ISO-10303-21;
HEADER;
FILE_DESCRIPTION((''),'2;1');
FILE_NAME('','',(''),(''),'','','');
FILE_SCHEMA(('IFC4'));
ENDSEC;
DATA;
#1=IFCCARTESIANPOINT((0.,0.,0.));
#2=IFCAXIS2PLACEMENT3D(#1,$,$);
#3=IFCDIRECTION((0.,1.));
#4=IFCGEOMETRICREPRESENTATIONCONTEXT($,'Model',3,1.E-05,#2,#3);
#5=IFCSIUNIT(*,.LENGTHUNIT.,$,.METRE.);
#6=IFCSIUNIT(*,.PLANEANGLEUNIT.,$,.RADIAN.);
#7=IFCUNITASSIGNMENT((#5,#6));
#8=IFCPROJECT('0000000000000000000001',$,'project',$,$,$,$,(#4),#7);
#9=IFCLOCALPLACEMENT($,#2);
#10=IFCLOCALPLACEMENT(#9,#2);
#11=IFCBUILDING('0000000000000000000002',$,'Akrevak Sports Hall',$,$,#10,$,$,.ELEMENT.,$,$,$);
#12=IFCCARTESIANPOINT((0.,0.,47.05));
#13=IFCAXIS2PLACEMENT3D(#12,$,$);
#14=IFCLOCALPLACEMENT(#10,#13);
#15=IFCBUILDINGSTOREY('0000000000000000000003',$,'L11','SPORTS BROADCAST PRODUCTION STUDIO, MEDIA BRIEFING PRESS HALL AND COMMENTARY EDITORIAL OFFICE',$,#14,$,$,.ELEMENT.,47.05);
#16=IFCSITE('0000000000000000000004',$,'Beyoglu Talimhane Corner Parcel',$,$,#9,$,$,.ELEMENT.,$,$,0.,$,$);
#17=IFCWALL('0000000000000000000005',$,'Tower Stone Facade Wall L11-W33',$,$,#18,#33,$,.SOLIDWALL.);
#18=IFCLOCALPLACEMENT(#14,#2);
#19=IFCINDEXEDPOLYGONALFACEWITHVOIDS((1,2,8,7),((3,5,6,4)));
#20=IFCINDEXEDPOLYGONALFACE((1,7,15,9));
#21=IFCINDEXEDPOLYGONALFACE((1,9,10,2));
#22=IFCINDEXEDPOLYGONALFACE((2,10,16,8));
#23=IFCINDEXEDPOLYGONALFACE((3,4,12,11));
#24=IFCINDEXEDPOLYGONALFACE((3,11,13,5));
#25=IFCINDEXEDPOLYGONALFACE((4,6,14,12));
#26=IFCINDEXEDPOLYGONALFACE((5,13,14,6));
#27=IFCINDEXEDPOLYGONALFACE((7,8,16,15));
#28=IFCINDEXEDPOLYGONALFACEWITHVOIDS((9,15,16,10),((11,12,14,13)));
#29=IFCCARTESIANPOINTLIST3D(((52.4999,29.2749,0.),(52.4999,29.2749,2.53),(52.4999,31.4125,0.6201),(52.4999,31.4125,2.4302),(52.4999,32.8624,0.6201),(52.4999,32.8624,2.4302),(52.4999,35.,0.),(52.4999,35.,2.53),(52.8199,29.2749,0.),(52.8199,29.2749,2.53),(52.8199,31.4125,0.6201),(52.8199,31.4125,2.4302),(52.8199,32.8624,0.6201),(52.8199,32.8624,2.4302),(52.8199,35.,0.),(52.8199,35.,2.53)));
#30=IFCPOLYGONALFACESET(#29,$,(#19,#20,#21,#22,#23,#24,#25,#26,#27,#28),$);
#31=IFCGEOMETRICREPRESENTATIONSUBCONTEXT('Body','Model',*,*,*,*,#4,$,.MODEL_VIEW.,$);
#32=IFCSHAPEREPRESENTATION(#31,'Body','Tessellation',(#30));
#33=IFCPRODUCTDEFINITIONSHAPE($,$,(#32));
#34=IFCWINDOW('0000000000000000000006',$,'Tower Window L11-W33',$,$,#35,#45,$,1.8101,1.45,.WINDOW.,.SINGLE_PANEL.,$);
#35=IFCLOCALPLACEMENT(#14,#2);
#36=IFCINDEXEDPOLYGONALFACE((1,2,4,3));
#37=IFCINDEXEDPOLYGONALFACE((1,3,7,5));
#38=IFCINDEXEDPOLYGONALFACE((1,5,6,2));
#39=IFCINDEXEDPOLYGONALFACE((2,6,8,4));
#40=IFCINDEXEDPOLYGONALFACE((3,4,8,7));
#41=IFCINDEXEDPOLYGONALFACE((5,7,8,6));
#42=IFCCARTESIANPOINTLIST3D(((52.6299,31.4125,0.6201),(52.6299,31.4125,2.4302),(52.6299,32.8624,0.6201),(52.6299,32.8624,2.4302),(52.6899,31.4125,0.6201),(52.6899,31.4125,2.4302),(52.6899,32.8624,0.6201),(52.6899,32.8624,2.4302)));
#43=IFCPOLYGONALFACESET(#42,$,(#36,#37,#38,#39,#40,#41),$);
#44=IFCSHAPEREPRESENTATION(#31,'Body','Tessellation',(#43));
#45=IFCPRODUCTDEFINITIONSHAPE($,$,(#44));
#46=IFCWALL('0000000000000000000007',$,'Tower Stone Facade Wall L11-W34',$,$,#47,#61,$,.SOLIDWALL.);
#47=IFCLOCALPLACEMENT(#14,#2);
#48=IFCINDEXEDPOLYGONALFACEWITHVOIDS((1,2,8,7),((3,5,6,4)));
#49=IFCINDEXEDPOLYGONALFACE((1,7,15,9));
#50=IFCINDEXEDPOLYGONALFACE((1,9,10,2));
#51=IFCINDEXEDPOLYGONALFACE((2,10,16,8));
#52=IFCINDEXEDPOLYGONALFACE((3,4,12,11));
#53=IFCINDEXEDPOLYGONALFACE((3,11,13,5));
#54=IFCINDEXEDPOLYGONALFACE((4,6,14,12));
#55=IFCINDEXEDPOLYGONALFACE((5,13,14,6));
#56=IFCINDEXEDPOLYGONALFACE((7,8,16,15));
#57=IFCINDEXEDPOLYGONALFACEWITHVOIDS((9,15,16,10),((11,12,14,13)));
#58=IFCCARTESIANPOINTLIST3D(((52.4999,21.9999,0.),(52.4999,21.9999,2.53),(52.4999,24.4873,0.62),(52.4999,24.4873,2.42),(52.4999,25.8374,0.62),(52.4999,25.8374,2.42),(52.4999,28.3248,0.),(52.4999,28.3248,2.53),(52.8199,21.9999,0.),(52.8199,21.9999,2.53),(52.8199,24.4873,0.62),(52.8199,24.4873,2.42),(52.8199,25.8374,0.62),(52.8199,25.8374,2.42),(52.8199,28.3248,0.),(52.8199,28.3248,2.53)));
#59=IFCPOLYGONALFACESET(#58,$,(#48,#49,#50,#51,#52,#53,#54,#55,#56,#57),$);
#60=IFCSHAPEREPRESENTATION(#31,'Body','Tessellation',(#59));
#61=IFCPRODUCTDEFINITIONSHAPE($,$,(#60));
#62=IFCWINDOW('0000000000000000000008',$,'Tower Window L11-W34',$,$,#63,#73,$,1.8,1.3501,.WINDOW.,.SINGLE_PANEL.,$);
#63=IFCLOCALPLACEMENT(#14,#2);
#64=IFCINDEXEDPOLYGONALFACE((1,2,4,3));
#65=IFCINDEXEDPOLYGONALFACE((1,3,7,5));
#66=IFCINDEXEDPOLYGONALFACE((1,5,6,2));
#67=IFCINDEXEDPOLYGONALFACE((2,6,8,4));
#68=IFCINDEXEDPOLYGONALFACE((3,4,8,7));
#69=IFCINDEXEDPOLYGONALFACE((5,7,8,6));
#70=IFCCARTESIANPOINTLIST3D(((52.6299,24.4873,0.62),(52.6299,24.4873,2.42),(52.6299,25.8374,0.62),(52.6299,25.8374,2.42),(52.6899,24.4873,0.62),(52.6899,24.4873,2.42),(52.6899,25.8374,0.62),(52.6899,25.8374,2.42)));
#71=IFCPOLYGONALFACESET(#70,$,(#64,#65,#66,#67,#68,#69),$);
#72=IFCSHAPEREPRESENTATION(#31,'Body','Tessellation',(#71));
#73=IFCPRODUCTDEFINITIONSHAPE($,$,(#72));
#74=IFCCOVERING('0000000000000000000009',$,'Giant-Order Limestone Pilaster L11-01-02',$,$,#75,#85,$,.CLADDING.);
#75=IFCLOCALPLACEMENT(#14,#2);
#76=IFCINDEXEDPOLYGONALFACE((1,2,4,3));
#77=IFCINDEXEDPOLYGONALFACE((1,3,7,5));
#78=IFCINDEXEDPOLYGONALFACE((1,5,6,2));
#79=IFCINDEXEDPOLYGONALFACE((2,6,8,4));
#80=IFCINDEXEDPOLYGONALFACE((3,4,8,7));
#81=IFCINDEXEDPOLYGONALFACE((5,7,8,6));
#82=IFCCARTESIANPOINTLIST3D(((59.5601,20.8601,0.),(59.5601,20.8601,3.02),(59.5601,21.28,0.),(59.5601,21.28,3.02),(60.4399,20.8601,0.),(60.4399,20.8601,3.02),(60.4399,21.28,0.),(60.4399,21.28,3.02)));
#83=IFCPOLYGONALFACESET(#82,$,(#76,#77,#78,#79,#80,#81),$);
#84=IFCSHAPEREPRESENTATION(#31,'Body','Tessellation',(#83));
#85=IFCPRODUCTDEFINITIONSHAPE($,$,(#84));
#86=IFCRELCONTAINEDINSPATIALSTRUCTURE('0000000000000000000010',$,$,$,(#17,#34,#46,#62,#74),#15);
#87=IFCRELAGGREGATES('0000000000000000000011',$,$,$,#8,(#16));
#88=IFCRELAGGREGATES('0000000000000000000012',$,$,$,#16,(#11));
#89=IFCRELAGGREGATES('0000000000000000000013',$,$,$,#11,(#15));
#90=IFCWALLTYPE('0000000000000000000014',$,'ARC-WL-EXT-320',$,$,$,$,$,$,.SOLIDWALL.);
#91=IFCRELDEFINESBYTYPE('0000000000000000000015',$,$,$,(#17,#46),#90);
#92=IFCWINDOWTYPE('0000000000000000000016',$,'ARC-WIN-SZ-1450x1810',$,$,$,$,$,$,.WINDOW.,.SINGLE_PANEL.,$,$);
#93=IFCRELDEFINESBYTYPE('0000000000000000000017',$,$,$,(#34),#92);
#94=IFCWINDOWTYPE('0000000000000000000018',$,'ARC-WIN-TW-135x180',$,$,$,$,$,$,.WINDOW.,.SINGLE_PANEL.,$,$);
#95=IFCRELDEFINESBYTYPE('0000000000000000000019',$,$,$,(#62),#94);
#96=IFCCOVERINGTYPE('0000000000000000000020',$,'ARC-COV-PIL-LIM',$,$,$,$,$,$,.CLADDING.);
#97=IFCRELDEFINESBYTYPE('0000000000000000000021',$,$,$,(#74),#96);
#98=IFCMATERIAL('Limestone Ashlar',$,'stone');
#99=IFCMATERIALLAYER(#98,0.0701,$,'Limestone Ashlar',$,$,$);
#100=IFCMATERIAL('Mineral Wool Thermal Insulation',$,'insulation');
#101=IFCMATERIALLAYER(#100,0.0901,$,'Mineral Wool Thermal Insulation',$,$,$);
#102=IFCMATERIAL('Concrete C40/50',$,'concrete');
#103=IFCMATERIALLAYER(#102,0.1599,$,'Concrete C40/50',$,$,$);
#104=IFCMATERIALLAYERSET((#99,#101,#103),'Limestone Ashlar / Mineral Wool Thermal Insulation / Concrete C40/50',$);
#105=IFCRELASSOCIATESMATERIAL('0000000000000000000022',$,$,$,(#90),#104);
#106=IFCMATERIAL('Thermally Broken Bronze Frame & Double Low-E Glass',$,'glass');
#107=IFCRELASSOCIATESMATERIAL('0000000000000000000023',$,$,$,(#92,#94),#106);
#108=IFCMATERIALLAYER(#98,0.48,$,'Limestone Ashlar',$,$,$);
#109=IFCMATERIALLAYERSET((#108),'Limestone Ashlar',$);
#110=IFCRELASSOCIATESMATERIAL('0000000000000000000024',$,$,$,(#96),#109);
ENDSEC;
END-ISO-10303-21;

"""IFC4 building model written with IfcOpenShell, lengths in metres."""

from ifc_helpers import new_model, si_unit, direction, frame, frame_2d, origin, origin_2d, place, context, subcontext, project, spatial, rectangle, extrude, material, layer, layer_set, type_object, element, fill, save


model = new_model("IFC4")

# Units and contexts
model_context = context("Model", 3, precision=1e-05, world=origin(), true_north=direction((0.0, 1.0)))
body_context = subcontext(model_context, "Body", "Model", "MODEL_VIEW")
ifc_project = project(units=[si_unit("LENGTHUNIT", "METRE"), si_unit("PLANEANGLEUNIT", "RADIAN")], contexts=[model_context])

# Site, building, storey
site_placement = place(None, origin())
site = spatial("IfcSite", under=ifc_project, at=site_placement, Name="Beyoglu Talimhane Corner Parcel", CompositionType="ELEMENT", RefElevation=0.0)
building_placement = place(site_placement, origin())
building = spatial("IfcBuilding", under=site, at=building_placement, Name="Akrevak Sports Hall", CompositionType="ELEMENT")
storey_placement = place(building_placement, frame((0.0, 0.0, 47.05)))
storey = spatial("IfcBuildingStorey", under=building, at=storey_placement, Name="L11", Description="SPORTS BROADCAST PRODUCTION STUDIO, MEDIA BRIEFING PRESS HALL AND COMMENTARY EDITORIAL OFFICE", CompositionType="ELEMENT", Elevation=47.05)

# Shared definitions
ifc_material_1 = material(Name="Concrete C40/50", Category="concrete")

# Walls, openings, windows
ifc_material_2 = material(Name="Limestone Ashlar", Category="stone")
ifc_layer_1 = layer(ifc_material_2, 0.0701, Name="Limestone Ashlar")
ifc_material_3 = material(Name="Mineral Wool Thermal Insulation", Category="insulation")
ifc_layer_2 = layer(ifc_material_3, 0.0901, Name="Mineral Wool Thermal Insulation")
ifc_layer_3 = layer(ifc_material_1, 0.1599, Name="Concrete C40/50")
ifc_layer_set_1 = layer_set([ifc_layer_1, ifc_layer_2, ifc_layer_3], Name="Limestone Ashlar / Mineral Wool Thermal Insulation / Concrete C40/50")
wall_type = type_object("IfcWallType", Name="ARC-WL-EXT-320", PredefinedType="SOLIDWALL", material=ifc_layer_set_1)
ifc_material_4 = material(Name="Thermally Broken Bronze Frame & Double Low-E Glass", Category="glass")
wall_1_placement = place(storey_placement, frame((52.6599, 35.0, 0.0), z_axis=(0.0, 0.0, 1.0), x_axis=(0.0, -1.0, 0.0)))
wall_1 = element("IfcWall", 1, at=wall_1_placement, inside=storey, type_object=wall_type, Name="Tower Stone Facade Wall L11-W33", PredefinedType="SOLIDWALL", context=body_context, shape_type="SweptSolid", body=[
    extrude(rectangle(XDim=5.7251, YDim=0.3201, at=frame_2d((2.8625, 0.0))), origin(), (0.0, 0.0, 1.0), 2.53),
])
opening_1_placement = place(wall_1_placement, frame((2.1375, 0.0, 0.6201)))
opening_1 = element("IfcOpeningElement", 2, at=opening_1_placement, cuts=wall_1, PredefinedType="OPENING", context=body_context, shape_type="SweptSolid", body=[
    extrude(rectangle(XDim=1.45, YDim=1.8101, at=frame_2d((0.7251, 0.905))), frame((0.0, 0.1719, 0.0), z_axis=(0.0, -1.0, 0.0), x_axis=(1.0, 0.0, 0.0)), (0.0, 0.0, 1.0), 0.344),
])
window_type_1 = type_object("IfcWindowType", Name="ARC-WIN-SZ-1450x1810", PartitioningType="SINGLE_PANEL", PredefinedType="WINDOW", material=ifc_material_4)
window_1_placement = place(opening_1_placement, origin())
window_1 = element("IfcWindow", 3, at=window_1_placement, inside=storey, type_object=window_type_1, Name="Tower Window L11-W33", OverallHeight=1.8101, OverallWidth=1.45, PartitioningType="SINGLE_PANEL", PredefinedType="WINDOW", context=body_context, shape_type="SweptSolid", body=[
    extrude(rectangle(XDim=1.45, YDim=1.8101, at=frame_2d((0.7251, 0.905))), frame((0.0, 0.03, 0.0), z_axis=(0.0, -1.0, 0.0), x_axis=(1.0, 0.0, 0.0)), (0.0, 0.0, 1.0), 0.0601),
])
fill(opening_1, window_1)
wall_2_placement = place(storey_placement, frame((52.6599, 28.325, 0.0), z_axis=(0.0, 0.0, 1.0), x_axis=(0.0, -1.0, 0.0)))
wall_2 = element("IfcWall", 4, at=wall_2_placement, inside=storey, type_object=wall_type, Name="Tower Stone Facade Wall L11-W34", PredefinedType="SOLIDWALL", context=body_context, shape_type="SweptSolid", body=[
    extrude(rectangle(XDim=6.325, YDim=0.3201, at=frame_2d((3.1626, 0.0))), origin(), (0.0, 0.0, 1.0), 2.53),
])
opening_2_placement = place(wall_2_placement, frame((2.4875, 0.0, 0.6201)))
opening_2 = element("IfcOpeningElement", 5, at=opening_2_placement, cuts=wall_2, PredefinedType="OPENING", context=body_context, shape_type="SweptSolid", body=[
    extrude(rectangle(XDim=1.3501, YDim=1.8, at=frame_2d((0.675, 0.8999))), frame((0.0, 0.1719, 0.0), z_axis=(0.0, -1.0, 0.0), x_axis=(1.0, 0.0, 0.0)), (0.0, 0.0, 1.0), 0.344),
])
window_type_2 = type_object("IfcWindowType", Name="ARC-WIN-TW-135x180", PartitioningType="SINGLE_PANEL", PredefinedType="WINDOW", material=ifc_material_4)
window_2_placement = place(opening_2_placement, origin())
window_2 = element("IfcWindow", 6, at=window_2_placement, inside=storey, type_object=window_type_2, Name="Tower Window L11-W34", OverallHeight=1.8, OverallWidth=1.3501, PartitioningType="SINGLE_PANEL", PredefinedType="WINDOW", context=body_context, shape_type="SweptSolid", body=[
    extrude(rectangle(XDim=1.3501, YDim=1.8, at=frame_2d((0.675, 0.8999))), frame((0.0, 0.03, 0.0), z_axis=(0.0, -1.0, 0.0), x_axis=(1.0, 0.0, 0.0)), (0.0, 0.0, 1.0), 0.0601),
])
fill(opening_2, window_2)

# Covering
ifc_layer_4 = layer(ifc_material_2, 0.48, Name="Limestone Ashlar")
ifc_layer_set_2 = layer_set([ifc_layer_4], Name="Limestone Ashlar")
covering_type = type_object("IfcCoveringType", Name="ARC-COV-PIL-LIM", PredefinedType="CLADDING", material=ifc_layer_set_2)
covering_placement = place(storey_placement, frame((60.0, 21.0701, 0.0), z_axis=(0.0, 0.0, 1.0), x_axis=(1.0, 0.0, 0.0)))
element("IfcCovering", 7, at=covering_placement, inside=storey, type_object=covering_type, Name="Giant-Order Limestone Pilaster L11-01-02", PredefinedType="CLADDING", context=body_context, shape_type="SweptSolid", body=[
    extrude(rectangle(XDim=0.8799, YDim=0.4199, at=origin_2d()), origin(), (0.0, 0.0, 1.0), 3.02),
])

save(model, "model.ifc")
